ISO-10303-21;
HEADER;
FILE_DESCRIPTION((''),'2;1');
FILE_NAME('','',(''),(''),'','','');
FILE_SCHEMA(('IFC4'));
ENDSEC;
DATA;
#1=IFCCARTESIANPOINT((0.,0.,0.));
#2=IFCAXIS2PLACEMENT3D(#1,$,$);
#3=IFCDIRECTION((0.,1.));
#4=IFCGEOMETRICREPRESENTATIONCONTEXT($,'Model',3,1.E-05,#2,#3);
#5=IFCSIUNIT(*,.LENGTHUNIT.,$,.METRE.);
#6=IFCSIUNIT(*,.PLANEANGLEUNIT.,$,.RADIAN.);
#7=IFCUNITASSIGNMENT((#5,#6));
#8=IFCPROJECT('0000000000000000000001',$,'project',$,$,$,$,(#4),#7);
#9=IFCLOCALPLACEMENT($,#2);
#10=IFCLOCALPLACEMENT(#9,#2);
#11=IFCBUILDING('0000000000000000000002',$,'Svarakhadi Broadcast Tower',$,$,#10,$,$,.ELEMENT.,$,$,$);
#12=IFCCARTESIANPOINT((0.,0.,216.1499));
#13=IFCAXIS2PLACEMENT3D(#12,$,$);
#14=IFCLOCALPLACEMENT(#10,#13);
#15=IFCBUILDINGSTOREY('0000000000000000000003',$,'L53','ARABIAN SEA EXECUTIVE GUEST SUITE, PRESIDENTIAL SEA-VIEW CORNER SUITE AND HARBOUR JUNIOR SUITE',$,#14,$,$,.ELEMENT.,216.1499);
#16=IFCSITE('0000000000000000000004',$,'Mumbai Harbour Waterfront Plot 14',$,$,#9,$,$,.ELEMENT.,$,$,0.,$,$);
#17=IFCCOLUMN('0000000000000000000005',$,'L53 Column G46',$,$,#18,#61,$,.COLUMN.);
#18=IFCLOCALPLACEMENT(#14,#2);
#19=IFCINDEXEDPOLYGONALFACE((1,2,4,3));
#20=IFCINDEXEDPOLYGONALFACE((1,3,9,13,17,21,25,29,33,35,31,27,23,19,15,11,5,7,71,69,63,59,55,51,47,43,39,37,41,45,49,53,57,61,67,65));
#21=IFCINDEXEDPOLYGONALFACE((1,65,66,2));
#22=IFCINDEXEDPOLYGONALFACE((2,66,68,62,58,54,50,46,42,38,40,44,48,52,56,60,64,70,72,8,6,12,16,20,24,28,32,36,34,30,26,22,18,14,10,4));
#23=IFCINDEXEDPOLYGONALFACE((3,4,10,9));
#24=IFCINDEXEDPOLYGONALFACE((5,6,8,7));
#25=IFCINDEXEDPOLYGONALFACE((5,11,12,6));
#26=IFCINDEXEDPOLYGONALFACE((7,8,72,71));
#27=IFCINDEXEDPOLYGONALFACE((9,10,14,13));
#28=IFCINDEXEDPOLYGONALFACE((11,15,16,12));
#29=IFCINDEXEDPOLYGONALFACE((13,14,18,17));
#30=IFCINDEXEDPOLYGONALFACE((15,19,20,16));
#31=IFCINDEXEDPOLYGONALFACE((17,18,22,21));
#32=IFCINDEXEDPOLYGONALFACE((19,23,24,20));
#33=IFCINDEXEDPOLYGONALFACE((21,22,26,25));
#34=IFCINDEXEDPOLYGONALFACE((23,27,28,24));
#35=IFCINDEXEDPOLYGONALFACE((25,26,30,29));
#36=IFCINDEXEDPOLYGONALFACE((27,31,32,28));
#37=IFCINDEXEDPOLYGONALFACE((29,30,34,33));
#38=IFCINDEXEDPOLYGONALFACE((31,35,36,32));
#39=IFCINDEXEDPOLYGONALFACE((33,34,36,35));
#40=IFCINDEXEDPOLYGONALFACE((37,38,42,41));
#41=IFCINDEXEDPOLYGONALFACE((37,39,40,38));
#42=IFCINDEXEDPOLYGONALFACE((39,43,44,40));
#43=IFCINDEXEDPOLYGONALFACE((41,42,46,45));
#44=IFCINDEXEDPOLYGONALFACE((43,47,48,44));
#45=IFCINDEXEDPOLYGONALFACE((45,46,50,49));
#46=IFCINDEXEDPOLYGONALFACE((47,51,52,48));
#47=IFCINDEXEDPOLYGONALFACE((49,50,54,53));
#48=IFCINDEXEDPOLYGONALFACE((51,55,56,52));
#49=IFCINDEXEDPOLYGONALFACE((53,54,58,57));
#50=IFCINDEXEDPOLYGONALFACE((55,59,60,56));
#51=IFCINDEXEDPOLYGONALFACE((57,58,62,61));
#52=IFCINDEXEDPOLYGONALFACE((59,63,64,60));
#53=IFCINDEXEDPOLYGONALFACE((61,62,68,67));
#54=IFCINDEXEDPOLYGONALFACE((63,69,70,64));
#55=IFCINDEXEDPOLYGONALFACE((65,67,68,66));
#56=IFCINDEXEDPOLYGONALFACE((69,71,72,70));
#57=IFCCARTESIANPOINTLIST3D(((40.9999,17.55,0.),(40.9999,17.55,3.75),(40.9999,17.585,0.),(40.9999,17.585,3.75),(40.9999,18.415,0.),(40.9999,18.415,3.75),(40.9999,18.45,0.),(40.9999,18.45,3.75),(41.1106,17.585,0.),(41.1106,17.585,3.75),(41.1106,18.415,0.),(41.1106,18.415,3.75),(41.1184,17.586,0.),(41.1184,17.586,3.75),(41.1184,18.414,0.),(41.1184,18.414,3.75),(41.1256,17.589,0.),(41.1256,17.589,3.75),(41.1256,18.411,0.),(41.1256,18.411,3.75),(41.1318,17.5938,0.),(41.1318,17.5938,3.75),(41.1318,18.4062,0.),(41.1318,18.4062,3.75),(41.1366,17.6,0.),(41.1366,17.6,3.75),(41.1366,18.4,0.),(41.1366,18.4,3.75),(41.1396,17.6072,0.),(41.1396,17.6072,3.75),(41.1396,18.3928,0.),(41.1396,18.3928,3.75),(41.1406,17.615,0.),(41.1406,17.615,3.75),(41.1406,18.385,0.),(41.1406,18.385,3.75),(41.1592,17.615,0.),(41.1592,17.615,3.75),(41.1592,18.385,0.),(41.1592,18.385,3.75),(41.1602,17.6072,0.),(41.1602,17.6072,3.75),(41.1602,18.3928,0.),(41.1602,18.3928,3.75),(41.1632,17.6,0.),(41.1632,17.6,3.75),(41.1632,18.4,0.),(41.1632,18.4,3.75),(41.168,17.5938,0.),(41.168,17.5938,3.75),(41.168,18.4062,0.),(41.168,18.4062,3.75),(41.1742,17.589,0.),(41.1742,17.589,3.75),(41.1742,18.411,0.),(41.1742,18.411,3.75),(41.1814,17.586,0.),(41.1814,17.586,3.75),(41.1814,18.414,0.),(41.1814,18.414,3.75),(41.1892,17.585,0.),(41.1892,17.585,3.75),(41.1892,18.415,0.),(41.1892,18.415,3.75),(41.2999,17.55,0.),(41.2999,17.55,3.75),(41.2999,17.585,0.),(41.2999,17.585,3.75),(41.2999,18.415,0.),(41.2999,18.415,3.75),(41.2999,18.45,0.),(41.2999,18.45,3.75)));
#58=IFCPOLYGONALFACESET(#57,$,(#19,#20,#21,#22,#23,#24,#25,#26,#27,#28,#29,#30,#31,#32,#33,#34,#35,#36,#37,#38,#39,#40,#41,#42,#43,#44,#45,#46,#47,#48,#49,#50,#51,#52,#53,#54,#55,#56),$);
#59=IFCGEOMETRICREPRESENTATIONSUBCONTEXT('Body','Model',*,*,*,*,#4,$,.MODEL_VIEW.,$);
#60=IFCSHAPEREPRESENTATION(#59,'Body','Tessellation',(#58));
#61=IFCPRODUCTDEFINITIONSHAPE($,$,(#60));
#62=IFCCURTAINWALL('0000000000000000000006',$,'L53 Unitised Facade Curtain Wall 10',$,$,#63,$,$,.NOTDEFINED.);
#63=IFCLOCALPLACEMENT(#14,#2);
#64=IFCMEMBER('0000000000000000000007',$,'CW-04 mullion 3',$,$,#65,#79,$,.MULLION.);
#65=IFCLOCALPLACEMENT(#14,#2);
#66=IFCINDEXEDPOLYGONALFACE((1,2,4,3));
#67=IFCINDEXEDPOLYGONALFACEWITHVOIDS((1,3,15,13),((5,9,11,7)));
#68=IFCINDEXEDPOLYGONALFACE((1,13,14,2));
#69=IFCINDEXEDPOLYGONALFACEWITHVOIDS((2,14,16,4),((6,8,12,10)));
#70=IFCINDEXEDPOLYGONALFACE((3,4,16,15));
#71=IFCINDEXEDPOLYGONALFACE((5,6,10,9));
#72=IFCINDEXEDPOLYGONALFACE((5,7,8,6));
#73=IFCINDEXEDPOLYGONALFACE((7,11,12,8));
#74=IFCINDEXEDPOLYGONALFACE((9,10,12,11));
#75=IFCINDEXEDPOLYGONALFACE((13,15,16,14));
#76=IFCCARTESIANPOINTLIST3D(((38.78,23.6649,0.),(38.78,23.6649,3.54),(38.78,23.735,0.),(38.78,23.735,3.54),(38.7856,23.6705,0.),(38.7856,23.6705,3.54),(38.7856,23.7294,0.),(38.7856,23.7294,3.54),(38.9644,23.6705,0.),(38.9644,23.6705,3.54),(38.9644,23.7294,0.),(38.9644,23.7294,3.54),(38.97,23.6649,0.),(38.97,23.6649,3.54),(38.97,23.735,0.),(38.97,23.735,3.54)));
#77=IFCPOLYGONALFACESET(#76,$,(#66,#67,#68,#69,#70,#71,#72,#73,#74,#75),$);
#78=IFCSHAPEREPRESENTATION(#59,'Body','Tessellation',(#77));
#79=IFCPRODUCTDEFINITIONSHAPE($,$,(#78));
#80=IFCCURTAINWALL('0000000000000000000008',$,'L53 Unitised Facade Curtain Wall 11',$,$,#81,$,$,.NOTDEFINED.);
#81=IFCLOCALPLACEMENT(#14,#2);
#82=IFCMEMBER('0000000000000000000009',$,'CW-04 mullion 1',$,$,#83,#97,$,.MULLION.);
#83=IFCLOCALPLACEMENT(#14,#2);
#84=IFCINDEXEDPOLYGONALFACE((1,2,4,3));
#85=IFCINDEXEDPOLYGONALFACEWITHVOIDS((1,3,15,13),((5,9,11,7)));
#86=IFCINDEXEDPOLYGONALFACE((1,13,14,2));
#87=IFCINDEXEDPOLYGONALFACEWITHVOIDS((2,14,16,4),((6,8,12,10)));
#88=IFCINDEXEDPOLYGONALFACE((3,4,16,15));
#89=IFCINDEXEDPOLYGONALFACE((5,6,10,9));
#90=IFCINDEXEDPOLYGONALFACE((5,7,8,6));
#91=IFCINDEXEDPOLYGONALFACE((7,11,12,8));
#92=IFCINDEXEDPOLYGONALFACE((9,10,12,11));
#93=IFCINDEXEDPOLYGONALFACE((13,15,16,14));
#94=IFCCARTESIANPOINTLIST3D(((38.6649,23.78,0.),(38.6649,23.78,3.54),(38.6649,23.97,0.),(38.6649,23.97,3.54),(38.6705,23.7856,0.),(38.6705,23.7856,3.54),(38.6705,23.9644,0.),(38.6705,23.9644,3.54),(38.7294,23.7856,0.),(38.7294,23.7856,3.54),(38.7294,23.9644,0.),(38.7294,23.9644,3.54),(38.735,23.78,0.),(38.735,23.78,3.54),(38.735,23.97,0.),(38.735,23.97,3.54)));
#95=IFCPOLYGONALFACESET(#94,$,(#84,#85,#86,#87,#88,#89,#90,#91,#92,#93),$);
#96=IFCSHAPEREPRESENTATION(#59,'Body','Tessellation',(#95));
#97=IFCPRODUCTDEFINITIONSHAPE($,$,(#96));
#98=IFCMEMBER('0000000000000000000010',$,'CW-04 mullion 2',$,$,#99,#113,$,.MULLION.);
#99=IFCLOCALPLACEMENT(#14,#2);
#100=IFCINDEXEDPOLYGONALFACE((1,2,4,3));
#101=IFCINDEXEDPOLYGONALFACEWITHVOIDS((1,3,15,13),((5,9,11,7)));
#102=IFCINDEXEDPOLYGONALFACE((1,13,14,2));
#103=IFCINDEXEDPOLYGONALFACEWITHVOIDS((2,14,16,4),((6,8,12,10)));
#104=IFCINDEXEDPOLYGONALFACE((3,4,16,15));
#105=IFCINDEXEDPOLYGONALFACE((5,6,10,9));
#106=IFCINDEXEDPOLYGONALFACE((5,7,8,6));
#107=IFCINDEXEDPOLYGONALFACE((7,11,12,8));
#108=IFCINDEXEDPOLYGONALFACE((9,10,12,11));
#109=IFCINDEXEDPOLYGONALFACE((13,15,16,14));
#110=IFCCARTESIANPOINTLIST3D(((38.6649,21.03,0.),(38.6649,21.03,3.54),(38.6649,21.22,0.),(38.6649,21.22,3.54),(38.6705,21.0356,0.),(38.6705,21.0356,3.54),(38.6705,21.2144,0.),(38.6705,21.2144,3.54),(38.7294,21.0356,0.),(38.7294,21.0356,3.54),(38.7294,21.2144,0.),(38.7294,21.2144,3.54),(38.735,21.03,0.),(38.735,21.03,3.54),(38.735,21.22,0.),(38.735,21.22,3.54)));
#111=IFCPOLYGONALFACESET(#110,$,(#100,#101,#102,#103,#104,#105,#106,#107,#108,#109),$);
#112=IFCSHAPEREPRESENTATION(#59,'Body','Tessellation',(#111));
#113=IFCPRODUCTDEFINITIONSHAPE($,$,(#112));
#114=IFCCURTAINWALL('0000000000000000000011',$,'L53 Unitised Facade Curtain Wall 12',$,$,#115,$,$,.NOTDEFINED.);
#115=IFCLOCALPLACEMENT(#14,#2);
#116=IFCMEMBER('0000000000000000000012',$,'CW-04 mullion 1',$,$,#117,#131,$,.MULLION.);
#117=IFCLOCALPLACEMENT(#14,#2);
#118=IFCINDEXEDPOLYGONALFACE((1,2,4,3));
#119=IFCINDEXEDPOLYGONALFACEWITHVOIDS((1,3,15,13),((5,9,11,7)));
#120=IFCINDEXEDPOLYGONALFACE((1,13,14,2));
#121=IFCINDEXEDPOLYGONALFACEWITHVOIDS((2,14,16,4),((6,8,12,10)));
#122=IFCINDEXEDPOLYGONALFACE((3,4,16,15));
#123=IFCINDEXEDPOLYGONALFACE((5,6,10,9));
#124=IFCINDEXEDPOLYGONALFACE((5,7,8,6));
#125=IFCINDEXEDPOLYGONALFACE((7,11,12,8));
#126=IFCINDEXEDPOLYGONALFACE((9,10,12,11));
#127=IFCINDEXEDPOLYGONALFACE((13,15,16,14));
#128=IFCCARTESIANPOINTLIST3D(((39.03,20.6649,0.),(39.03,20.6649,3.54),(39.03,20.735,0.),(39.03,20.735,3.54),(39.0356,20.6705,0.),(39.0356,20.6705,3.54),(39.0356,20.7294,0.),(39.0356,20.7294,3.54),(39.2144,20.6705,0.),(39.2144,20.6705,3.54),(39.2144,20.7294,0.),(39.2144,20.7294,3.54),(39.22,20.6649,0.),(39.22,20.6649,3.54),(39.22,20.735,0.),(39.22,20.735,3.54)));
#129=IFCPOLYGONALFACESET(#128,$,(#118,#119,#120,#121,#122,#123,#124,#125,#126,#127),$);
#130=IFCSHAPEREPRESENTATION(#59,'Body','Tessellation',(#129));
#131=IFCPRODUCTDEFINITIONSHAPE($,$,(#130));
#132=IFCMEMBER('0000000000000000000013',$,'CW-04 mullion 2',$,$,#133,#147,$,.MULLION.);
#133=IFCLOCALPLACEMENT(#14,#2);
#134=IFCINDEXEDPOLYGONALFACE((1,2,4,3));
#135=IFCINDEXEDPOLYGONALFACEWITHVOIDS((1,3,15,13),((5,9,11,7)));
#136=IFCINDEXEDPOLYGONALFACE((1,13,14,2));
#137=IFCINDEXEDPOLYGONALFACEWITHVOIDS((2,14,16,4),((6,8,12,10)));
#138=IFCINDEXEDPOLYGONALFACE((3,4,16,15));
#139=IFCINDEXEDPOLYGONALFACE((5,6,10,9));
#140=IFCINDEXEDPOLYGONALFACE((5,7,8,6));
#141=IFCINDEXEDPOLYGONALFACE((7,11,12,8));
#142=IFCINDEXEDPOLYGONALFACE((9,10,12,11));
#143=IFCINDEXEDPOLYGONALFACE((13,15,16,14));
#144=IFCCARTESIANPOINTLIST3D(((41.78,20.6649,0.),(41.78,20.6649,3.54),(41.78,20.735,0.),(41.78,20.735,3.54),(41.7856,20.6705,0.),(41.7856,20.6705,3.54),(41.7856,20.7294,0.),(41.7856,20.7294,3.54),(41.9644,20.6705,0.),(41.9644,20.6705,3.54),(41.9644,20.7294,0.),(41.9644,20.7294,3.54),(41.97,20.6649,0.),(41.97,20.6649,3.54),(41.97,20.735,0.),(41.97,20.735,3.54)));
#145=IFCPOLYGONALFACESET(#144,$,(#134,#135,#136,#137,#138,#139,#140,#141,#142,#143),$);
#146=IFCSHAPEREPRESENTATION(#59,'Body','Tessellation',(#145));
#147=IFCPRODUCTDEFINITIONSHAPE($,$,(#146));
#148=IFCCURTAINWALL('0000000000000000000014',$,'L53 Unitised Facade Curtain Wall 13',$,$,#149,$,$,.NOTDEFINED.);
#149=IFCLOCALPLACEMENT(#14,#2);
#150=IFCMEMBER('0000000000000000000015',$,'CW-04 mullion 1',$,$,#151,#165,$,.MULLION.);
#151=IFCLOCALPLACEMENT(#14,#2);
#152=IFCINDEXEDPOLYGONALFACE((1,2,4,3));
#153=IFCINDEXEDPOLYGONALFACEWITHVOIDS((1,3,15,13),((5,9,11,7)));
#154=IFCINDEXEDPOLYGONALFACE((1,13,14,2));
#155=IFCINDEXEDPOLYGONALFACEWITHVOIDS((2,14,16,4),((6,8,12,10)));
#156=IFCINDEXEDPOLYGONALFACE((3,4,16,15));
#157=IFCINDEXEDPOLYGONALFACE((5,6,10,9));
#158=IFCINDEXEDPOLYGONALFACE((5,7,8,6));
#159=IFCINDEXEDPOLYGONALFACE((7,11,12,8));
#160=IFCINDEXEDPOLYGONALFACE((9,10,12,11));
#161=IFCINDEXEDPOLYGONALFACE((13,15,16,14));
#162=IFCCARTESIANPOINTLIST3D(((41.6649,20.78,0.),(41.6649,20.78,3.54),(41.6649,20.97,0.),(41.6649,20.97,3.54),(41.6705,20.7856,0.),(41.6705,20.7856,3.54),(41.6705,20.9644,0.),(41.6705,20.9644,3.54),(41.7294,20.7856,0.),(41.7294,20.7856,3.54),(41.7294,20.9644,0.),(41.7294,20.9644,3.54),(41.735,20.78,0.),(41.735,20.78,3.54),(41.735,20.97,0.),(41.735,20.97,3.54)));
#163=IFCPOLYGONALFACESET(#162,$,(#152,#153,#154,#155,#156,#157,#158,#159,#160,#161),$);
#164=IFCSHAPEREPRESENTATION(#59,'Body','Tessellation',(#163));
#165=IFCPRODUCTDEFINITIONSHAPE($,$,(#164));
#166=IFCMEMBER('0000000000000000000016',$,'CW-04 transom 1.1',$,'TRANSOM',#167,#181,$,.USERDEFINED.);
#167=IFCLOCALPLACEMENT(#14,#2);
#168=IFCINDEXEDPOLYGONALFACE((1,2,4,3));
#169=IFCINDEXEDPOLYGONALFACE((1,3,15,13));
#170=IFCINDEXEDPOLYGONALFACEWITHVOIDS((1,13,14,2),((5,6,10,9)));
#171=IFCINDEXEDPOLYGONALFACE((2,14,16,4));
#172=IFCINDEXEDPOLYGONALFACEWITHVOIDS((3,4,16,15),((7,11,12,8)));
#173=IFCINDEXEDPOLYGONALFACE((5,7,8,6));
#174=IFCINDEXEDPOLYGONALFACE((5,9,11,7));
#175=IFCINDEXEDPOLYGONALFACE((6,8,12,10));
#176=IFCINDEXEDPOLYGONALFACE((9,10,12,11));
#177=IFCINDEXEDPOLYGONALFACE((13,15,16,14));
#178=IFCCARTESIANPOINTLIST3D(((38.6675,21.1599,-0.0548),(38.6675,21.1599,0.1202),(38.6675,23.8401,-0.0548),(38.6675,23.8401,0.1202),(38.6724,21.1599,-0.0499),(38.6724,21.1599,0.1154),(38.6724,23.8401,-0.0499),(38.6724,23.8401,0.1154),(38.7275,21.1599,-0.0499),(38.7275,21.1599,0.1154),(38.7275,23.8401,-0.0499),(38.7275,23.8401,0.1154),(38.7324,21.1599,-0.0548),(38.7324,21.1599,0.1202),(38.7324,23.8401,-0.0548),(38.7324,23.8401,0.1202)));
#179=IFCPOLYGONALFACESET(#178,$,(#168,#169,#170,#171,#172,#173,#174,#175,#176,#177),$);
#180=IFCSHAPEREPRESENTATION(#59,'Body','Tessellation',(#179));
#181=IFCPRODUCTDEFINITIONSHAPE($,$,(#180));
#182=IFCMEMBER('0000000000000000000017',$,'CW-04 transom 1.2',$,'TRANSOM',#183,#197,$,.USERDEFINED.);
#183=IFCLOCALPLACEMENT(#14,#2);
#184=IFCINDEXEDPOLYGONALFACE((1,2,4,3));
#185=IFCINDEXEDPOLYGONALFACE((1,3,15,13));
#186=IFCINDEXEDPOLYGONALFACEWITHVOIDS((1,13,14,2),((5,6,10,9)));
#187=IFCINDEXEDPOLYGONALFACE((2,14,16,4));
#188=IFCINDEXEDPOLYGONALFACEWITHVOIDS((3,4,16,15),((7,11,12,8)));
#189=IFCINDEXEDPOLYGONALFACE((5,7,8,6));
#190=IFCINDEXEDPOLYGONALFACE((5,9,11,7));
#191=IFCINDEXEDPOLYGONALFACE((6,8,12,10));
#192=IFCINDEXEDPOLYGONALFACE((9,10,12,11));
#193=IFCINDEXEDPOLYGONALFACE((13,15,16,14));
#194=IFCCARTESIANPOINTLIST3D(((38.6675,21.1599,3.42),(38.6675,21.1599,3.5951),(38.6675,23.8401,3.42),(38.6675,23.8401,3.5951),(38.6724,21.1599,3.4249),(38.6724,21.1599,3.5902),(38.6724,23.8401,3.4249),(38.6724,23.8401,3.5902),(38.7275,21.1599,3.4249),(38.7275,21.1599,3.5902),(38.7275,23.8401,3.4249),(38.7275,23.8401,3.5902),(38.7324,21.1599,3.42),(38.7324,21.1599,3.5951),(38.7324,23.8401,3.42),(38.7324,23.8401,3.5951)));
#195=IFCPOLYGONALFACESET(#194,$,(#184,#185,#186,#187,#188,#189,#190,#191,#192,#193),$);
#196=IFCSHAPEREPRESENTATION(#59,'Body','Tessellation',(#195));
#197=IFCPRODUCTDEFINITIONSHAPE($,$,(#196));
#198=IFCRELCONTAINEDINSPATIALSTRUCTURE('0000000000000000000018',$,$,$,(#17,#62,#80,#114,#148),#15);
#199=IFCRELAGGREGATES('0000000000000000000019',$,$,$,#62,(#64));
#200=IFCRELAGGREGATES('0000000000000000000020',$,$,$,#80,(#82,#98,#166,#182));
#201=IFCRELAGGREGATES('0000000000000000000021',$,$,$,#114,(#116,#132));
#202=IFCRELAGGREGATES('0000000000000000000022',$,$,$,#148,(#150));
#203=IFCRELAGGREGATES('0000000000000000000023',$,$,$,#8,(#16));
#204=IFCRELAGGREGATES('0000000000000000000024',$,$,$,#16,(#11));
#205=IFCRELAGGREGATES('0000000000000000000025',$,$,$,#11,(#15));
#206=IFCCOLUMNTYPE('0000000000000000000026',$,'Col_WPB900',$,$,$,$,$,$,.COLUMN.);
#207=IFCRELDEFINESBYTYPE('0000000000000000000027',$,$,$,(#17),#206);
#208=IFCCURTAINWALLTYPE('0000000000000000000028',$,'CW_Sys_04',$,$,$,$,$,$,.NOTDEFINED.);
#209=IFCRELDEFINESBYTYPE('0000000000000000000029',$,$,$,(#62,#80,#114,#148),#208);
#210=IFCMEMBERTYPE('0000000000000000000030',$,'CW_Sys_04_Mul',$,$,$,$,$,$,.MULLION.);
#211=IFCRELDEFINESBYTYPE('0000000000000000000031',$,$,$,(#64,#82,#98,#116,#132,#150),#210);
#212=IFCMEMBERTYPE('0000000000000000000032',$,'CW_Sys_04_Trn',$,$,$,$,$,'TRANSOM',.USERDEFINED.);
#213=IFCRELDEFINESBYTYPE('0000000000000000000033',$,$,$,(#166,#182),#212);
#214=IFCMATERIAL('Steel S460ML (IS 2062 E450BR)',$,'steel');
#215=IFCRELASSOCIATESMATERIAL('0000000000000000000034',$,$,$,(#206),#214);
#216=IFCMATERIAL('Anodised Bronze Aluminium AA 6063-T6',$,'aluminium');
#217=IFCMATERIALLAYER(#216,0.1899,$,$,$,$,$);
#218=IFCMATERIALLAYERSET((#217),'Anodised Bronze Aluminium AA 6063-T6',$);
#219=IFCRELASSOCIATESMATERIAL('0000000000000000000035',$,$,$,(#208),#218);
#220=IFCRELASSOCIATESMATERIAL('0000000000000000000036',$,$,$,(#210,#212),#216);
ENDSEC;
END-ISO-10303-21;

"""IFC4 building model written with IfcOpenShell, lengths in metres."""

from ifc_helpers import new_model, si_unit, direction, frame, origin, origin_2d, place, context, subcontext, project, spatial, hollow_rectangle, i_section, extrude, material, layer, layer_set, material_profile, profile_set, type_object, element, aggregate, save


model = new_model("IFC4")

# Units and contexts
model_context = context("Model", 3, precision=1e-05, world=origin(), true_north=direction((0.0, 1.0)))
body_context = subcontext(model_context, "Body", "Model", "MODEL_VIEW")
ifc_project = project(units=[si_unit("LENGTHUNIT", "METRE"), si_unit("PLANEANGLEUNIT", "RADIAN")], contexts=[model_context])

# Site, building, storey
site_placement = place(None, origin())
site = spatial("IfcSite", under=ifc_project, at=site_placement, Name="Mumbai Harbour Waterfront Plot 14", CompositionType="ELEMENT", RefElevation=0.0)
building_placement = place(site_placement, origin())
building = spatial("IfcBuilding", under=site, at=building_placement, Name="Svarakhadi Broadcast Tower", CompositionType="ELEMENT")
storey_placement = place(building_placement, frame((0.0, 0.0, 216.1499)))
storey = spatial("IfcBuildingStorey", under=building, at=storey_placement, Name="L53", Description="ARABIAN SEA EXECUTIVE GUEST SUITE, PRESIDENTIAL SEA-VIEW CORNER SUITE AND HARBOUR JUNIOR SUITE", CompositionType="ELEMENT", Elevation=216.1499)

# Column
ifc_material_1 = material(Name="Steel S460ML (IS 2062 E450BR)", Category="steel")
ifc_material_profile_1 = material_profile(ifc_material_1, i_section(OverallWidth=0.3, OverallDepth=0.8999, WebThickness=0.0186, FlangeThickness=0.0349, FilletRadius=0.03, at=origin_2d()), Name="WPB 900x300x291")
ifc_profile_set_1 = profile_set([ifc_material_profile_1], Name="Steel S460ML (IS 2062 E450BR)")
column_type = type_object("IfcColumnType", Name="Col_WPB900", PredefinedType="COLUMN", material=ifc_profile_set_1)
column_placement = place(storey_placement, frame((41.1499, 18.0, 0.0), z_axis=(0.0, 0.0, 1.0), x_axis=(1.0, 0.0, 0.0)))
element("IfcColumn", 1, at=column_placement, inside=storey, type_object=column_type, Name="L53 Column G46", PredefinedType="COLUMN", context=body_context, shape_type="SweptSolid", body=[
    extrude(i_section(OverallWidth=0.3, OverallDepth=0.8999, WebThickness=0.0186, FlangeThickness=0.0349, FilletRadius=0.03, at=origin_2d()), origin(), (0.0, 0.0, 1.0), 3.75),
])

# Curtain wall, member
ifc_material_2 = material(Name="Anodised Bronze Aluminium AA 6063-T6", Category="aluminium")
ifc_layer_1 = layer(ifc_material_2, 0.1899)
ifc_layer_set_1 = layer_set([ifc_layer_1], Name="Anodised Bronze Aluminium AA 6063-T6")
curtain_wall_type = type_object("IfcCurtainWallType", Name="CW_Sys_04", PredefinedType="NOTDEFINED", material=ifc_layer_set_1)
curtain_wall_1_placement = place(storey_placement, origin())
curtain_wall_1 = element("IfcCurtainWall", 2, at=curtain_wall_1_placement, inside=storey, type_object=curtain_wall_type, Name="L53 Unitised Facade Curtain Wall 10", PredefinedType="NOTDEFINED")
ifc_material_profile_2 = material_profile(ifc_material_2, hollow_rectangle(XDim=0.0701, YDim=0.1899, WallThickness=0.0056, at=origin_2d()), Name="ALU MULLION 190x70x6")
ifc_profile_set_2 = profile_set([ifc_material_profile_2], Name="Anodised Bronze Aluminium AA 6063-T6")
member_type_1 = type_object("IfcMemberType", Name="CW_Sys_04_Mul", PredefinedType="MULLION", material=ifc_profile_set_2)
member_1_placement = place(storey_placement, frame((38.875, 23.7, 0.0), z_axis=(0.0, 0.0, 1.0), x_axis=(0.0, 1.0, 0.0)))
member_1 = element("IfcMember", 3, at=member_1_placement, type_object=member_type_1, Name="CW-04 mullion 3", PredefinedType="MULLION", context=body_context, shape_type="SweptSolid", body=[
    extrude(hollow_rectangle(XDim=0.0701, YDim=0.1899, WallThickness=0.0056, at=origin_2d()), origin(), (0.0, 0.0, 1.0), 3.54),
])
aggregate(curtain_wall_1, [member_1])

# Curtain walls, members
curtain_wall_2_placement = place(storey_placement, origin())
curtain_wall_2 = element("IfcCurtainWall", 4, at=curtain_wall_2_placement, inside=storey, type_object=curtain_wall_type, Name="L53 Unitised Facade Curtain Wall 11", PredefinedType="NOTDEFINED")
member_2_placement = place(storey_placement, frame((38.7, 23.875, 0.0), z_axis=(0.0, 0.0, 1.0), x_axis=(1.0, 0.0, 0.0)))
member_2 = element("IfcMember", 5, at=member_2_placement, type_object=member_type_1, Name="CW-04 mullion 1", PredefinedType="MULLION", context=body_context, shape_type="SweptSolid", body=[
    extrude(hollow_rectangle(XDim=0.0701, YDim=0.1899, WallThickness=0.0056, at=origin_2d()), origin(), (0.0, 0.0, 1.0), 3.54),
])
member_3_placement = place(storey_placement, frame((38.7, 21.125, 0.0), z_axis=(0.0, 0.0, 1.0), x_axis=(1.0, 0.0, 0.0)))
member_3 = element("IfcMember", 6, at=member_3_placement, type_object=member_type_1, Name="CW-04 mullion 2", PredefinedType="MULLION", context=body_context, shape_type="SweptSolid", body=[
    extrude(hollow_rectangle(XDim=0.0701, YDim=0.1899, WallThickness=0.0056, at=origin_2d()), origin(), (0.0, 0.0, 1.0), 3.54),
])
curtain_wall_3_placement = place(storey_placement, origin())
curtain_wall_3 = element("IfcCurtainWall", 7, at=curtain_wall_3_placement, inside=storey, type_object=curtain_wall_type, Name="L53 Unitised Facade Curtain Wall 12", PredefinedType="NOTDEFINED")
member_4_placement = place(storey_placement, frame((39.125, 20.7, 0.0), z_axis=(0.0, 0.0, 1.0), x_axis=(0.0, 1.0, 0.0)))
member_4 = element("IfcMember", 8, at=member_4_placement, type_object=member_type_1, Name="CW-04 mullion 1", PredefinedType="MULLION", context=body_context, shape_type="SweptSolid", body=[
    extrude(hollow_rectangle(XDim=0.0701, YDim=0.1899, WallThickness=0.0056, at=origin_2d()), origin(), (0.0, 0.0, 1.0), 3.54),
])
member_5_placement = place(storey_placement, frame((41.875, 20.7, 0.0), z_axis=(0.0, 0.0, 1.0), x_axis=(0.0, 1.0, 0.0)))
member_5 = element("IfcMember", 9, at=member_5_placement, type_object=member_type_1, Name="CW-04 mullion 2", PredefinedType="MULLION", context=body_context, shape_type="SweptSolid", body=[
    extrude(hollow_rectangle(XDim=0.0701, YDim=0.1899, WallThickness=0.0056, at=origin_2d()), origin(), (0.0, 0.0, 1.0), 3.54),
])

# Curtain wall, member
curtain_wall_4_placement = place(storey_placement, origin())
curtain_wall_4 = element("IfcCurtainWall", 10, at=curtain_wall_4_placement, inside=storey, type_object=curtain_wall_type, Name="L53 Unitised Facade Curtain Wall 13", PredefinedType="NOTDEFINED")
member_6_placement = place(storey_placement, frame((41.7, 20.875, 0.0), z_axis=(0.0, 0.0, 1.0), x_axis=(1.0, 0.0, 0.0)))
member_6 = element("IfcMember", 11, at=member_6_placement, type_object=member_type_1, Name="CW-04 mullion 1", PredefinedType="MULLION", context=body_context, shape_type="SweptSolid", body=[
    extrude(hollow_rectangle(XDim=0.0701, YDim=0.1899, WallThickness=0.0056, at=origin_2d()), origin(), (0.0, 0.0, 1.0), 3.54),
])

# Members
ifc_material_profile_3 = material_profile(ifc_material_2, hollow_rectangle(XDim=0.0649, YDim=0.175, WallThickness=0.0049, at=origin_2d()), Name="ALU TRANSOM 175x65x5")
ifc_profile_set_3 = profile_set([ifc_material_profile_3], Name="Anodised Bronze Aluminium AA 6063-T6")
member_type_2 = type_object("IfcMemberType", Name="CW_Sys_04_Trn", ElementType="TRANSOM", PredefinedType="USERDEFINED", material=ifc_profile_set_3)
member_7_placement = place(storey_placement, frame((38.7, 23.8401, 0.0327), z_axis=(0.0, -1.0, 0.0), x_axis=(1.0, 0.0, 0.0)))
member_7 = element("IfcMember", 12, at=member_7_placement, type_object=member_type_2, Name="CW-04 transom 1.1", ObjectType="TRANSOM", PredefinedType="USERDEFINED", context=body_context, shape_type="SweptSolid", body=[
    extrude(hollow_rectangle(XDim=0.0649, YDim=0.175, WallThickness=0.0049, at=origin_2d()), origin(), (0.0, 0.0, 1.0), 2.6802),
])
member_8_placement = place(storey_placement, frame((38.7, 23.8401, 3.5076), z_axis=(0.0, -1.0, 0.0), x_axis=(1.0, 0.0, 0.0)))
member_8 = element("IfcMember", 13, at=member_8_placement, type_object=member_type_2, Name="CW-04 transom 1.2", ObjectType="TRANSOM", PredefinedType="USERDEFINED", context=body_context, shape_type="SweptSolid", body=[
    extrude(hollow_rectangle(XDim=0.0649, YDim=0.175, WallThickness=0.0049, at=origin_2d()), origin(), (0.0, 0.0, 1.0), 2.6802),
])

aggregate(curtain_wall_2, [member_2, member_3, member_7, member_8])
aggregate(curtain_wall_3, [member_4, member_5])
aggregate(curtain_wall_4, [member_6])

save(model, "model.ifc")
